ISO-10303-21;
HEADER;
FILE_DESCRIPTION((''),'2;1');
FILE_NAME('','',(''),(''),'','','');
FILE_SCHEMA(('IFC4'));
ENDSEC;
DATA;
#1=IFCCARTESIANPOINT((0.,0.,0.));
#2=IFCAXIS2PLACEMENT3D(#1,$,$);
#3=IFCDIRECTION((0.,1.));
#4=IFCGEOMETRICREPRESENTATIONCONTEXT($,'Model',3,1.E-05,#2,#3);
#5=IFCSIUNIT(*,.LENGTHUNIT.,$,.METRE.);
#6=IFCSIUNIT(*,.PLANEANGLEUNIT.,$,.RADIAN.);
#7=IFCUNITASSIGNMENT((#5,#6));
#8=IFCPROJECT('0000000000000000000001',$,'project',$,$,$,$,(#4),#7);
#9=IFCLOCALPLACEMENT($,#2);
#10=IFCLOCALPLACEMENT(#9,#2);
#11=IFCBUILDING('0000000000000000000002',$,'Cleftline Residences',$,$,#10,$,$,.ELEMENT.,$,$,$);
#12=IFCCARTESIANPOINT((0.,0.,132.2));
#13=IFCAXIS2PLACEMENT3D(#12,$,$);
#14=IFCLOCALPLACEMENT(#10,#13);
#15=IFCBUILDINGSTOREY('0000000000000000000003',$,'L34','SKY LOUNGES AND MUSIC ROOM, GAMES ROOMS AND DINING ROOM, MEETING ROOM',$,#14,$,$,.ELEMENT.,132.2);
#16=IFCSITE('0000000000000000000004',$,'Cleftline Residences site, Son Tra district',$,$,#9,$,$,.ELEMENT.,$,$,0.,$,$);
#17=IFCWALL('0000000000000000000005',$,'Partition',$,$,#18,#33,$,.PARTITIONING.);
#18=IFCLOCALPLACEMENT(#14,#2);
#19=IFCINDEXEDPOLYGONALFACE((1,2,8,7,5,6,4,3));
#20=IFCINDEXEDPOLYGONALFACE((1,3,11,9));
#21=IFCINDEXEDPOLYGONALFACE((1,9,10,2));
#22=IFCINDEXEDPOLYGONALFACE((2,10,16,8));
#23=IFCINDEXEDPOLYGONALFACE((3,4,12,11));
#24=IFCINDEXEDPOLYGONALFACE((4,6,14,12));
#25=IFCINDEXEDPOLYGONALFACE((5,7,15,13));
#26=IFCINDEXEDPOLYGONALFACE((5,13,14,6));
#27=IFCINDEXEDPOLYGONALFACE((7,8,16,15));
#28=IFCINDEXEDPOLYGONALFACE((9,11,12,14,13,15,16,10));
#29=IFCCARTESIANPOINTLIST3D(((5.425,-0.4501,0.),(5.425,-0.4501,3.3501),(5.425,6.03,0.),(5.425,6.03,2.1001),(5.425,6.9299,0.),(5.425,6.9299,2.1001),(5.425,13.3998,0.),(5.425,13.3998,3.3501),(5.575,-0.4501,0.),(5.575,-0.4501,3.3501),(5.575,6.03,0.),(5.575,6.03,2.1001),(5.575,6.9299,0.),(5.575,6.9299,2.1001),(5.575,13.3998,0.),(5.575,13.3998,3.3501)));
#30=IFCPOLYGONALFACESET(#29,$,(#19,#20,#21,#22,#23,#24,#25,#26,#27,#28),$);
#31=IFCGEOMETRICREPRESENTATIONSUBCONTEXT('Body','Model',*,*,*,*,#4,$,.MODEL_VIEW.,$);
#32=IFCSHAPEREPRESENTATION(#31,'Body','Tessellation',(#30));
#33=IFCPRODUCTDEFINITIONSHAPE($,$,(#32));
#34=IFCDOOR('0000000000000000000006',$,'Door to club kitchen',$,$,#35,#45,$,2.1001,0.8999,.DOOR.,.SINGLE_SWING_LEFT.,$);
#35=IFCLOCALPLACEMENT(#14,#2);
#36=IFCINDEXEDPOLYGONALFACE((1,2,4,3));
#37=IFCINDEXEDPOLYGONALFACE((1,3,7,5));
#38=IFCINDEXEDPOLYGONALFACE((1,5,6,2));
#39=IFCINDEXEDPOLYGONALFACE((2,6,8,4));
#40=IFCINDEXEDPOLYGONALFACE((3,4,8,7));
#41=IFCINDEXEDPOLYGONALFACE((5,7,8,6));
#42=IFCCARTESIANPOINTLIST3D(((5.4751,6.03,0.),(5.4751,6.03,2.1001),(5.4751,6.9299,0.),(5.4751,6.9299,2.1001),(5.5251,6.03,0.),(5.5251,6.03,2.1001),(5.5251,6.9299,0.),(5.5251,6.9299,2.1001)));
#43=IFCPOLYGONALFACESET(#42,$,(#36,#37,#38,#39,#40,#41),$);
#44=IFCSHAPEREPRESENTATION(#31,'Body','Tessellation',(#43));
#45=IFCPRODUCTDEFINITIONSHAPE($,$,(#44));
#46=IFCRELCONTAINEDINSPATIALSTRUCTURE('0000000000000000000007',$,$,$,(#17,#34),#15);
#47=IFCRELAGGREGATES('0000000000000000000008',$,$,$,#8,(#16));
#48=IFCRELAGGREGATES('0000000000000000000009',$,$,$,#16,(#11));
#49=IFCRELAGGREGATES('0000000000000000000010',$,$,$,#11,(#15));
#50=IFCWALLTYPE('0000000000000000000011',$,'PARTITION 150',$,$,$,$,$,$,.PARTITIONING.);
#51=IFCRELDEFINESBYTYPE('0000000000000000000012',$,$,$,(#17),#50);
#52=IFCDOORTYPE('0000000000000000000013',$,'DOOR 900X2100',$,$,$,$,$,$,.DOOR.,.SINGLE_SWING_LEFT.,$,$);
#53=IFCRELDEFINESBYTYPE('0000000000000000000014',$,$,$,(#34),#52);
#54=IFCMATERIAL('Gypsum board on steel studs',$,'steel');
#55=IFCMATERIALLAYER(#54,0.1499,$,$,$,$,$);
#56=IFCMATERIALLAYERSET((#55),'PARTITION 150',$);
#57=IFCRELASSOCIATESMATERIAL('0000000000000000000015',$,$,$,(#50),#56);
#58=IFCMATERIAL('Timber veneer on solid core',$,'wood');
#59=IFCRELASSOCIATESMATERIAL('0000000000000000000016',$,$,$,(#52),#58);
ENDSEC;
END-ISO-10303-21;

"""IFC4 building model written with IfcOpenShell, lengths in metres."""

from ifc_helpers import new_model, si_unit, direction, frame, frame_2d, origin, place, context, subcontext, project, spatial, rectangle, extrude, material, layer, layer_set, type_object, element, fill, save


model = new_model("IFC4")

# Units and contexts
model_context = context("Model", 3, precision=1e-05, world=origin(), true_north=direction((0.0, 1.0)))
body_context = subcontext(model_context, "Body", "Model", "MODEL_VIEW")
ifc_project = project(units=[si_unit("LENGTHUNIT", "METRE"), si_unit("PLANEANGLEUNIT", "RADIAN")], contexts=[model_context])

# Site, building, storey
site_placement = place(None, origin())
site = spatial("IfcSite", under=ifc_project, at=site_placement, Name="Cleftline Residences site, Son Tra district", CompositionType="ELEMENT", RefElevation=0.0)
building_placement = place(site_placement, origin())
building = spatial("IfcBuilding", under=site, at=building_placement, Name="Cleftline Residences", CompositionType="ELEMENT")
storey_placement = place(building_placement, frame((0.0, 0.0, 132.2)))
storey = spatial("IfcBuildingStorey", under=building, at=storey_placement, Name="L34", Description="SKY LOUNGES AND MUSIC ROOM, GAMES ROOMS AND DINING ROOM, MEETING ROOM", CompositionType="ELEMENT", Elevation=132.2)

# Wall, opening, door
ifc_material_1 = material(Name="Gypsum board on steel studs", Category="steel")
ifc_layer_1 = layer(ifc_material_1, 0.1499)
ifc_layer_set_1 = layer_set([ifc_layer_1], Name="PARTITION 150")
wall_type_1 = type_object("IfcWallType", Name="PARTITION 150", PredefinedType="PARTITIONING", material=ifc_layer_set_1)
wall_1_placement = place(storey_placement, frame((5.5, -0.45, 0.0), z_axis=(0.0, 0.0, 1.0), x_axis=(0.0, 1.0, 0.0)))
wall_1 = element("IfcWall", 1, at=wall_1_placement, inside=storey, type_object=wall_type_1, Name="Partition", PredefinedType="PARTITIONING", context=body_context, shape_type="SweptSolid", body=[
    extrude(rectangle(XDim=13.8499, YDim=0.1499, at=frame_2d((6.9248, 0.0))), origin(), (0.0, 0.0, 1.0), 3.3501),
])
opening_1_placement = place(wall_1_placement, frame((6.48, 0.0, 0.0)))
opening_1 = element("IfcOpeningElement", 2, at=opening_1_placement, cuts=wall_1, PredefinedType="OPENING", context=body_context, shape_type="SweptSolid", body=[
    extrude(rectangle(XDim=0.8999, YDim=2.1001, at=frame_2d((0.45, 1.05))), frame((0.0, 0.085, 0.0), z_axis=(0.0, -1.0, 0.0), x_axis=(1.0, 0.0, 0.0)), (0.0, 0.0, 1.0), 0.1699),
])
ifc_material_2 = material(Name="Timber veneer on solid core", Category="wood")
door_type = type_object("IfcDoorType", Name="DOOR 900X2100", OperationType="SINGLE_SWING_LEFT", PredefinedType="DOOR", material=ifc_material_2)
door_placement = place(opening_1_placement, origin())
door = element("IfcDoor", 3, at=door_placement, inside=storey, type_object=door_type, Name="Door to club kitchen", OperationType="SINGLE_SWING_LEFT", OverallHeight=2.1001, OverallWidth=0.8999, PredefinedType="DOOR", context=body_context, shape_type="SweptSolid", body=[
    extrude(rectangle(XDim=0.8999, YDim=2.1001, at=frame_2d((0.45, 1.05))), frame((0.0, 0.0249, 0.0), z_axis=(0.0, -1.0, 0.0), x_axis=(1.0, 0.0, 0.0)), (0.0, 0.0, 1.0), 0.05),
])
fill(opening_1, door)

save(model, "model.ifc")
